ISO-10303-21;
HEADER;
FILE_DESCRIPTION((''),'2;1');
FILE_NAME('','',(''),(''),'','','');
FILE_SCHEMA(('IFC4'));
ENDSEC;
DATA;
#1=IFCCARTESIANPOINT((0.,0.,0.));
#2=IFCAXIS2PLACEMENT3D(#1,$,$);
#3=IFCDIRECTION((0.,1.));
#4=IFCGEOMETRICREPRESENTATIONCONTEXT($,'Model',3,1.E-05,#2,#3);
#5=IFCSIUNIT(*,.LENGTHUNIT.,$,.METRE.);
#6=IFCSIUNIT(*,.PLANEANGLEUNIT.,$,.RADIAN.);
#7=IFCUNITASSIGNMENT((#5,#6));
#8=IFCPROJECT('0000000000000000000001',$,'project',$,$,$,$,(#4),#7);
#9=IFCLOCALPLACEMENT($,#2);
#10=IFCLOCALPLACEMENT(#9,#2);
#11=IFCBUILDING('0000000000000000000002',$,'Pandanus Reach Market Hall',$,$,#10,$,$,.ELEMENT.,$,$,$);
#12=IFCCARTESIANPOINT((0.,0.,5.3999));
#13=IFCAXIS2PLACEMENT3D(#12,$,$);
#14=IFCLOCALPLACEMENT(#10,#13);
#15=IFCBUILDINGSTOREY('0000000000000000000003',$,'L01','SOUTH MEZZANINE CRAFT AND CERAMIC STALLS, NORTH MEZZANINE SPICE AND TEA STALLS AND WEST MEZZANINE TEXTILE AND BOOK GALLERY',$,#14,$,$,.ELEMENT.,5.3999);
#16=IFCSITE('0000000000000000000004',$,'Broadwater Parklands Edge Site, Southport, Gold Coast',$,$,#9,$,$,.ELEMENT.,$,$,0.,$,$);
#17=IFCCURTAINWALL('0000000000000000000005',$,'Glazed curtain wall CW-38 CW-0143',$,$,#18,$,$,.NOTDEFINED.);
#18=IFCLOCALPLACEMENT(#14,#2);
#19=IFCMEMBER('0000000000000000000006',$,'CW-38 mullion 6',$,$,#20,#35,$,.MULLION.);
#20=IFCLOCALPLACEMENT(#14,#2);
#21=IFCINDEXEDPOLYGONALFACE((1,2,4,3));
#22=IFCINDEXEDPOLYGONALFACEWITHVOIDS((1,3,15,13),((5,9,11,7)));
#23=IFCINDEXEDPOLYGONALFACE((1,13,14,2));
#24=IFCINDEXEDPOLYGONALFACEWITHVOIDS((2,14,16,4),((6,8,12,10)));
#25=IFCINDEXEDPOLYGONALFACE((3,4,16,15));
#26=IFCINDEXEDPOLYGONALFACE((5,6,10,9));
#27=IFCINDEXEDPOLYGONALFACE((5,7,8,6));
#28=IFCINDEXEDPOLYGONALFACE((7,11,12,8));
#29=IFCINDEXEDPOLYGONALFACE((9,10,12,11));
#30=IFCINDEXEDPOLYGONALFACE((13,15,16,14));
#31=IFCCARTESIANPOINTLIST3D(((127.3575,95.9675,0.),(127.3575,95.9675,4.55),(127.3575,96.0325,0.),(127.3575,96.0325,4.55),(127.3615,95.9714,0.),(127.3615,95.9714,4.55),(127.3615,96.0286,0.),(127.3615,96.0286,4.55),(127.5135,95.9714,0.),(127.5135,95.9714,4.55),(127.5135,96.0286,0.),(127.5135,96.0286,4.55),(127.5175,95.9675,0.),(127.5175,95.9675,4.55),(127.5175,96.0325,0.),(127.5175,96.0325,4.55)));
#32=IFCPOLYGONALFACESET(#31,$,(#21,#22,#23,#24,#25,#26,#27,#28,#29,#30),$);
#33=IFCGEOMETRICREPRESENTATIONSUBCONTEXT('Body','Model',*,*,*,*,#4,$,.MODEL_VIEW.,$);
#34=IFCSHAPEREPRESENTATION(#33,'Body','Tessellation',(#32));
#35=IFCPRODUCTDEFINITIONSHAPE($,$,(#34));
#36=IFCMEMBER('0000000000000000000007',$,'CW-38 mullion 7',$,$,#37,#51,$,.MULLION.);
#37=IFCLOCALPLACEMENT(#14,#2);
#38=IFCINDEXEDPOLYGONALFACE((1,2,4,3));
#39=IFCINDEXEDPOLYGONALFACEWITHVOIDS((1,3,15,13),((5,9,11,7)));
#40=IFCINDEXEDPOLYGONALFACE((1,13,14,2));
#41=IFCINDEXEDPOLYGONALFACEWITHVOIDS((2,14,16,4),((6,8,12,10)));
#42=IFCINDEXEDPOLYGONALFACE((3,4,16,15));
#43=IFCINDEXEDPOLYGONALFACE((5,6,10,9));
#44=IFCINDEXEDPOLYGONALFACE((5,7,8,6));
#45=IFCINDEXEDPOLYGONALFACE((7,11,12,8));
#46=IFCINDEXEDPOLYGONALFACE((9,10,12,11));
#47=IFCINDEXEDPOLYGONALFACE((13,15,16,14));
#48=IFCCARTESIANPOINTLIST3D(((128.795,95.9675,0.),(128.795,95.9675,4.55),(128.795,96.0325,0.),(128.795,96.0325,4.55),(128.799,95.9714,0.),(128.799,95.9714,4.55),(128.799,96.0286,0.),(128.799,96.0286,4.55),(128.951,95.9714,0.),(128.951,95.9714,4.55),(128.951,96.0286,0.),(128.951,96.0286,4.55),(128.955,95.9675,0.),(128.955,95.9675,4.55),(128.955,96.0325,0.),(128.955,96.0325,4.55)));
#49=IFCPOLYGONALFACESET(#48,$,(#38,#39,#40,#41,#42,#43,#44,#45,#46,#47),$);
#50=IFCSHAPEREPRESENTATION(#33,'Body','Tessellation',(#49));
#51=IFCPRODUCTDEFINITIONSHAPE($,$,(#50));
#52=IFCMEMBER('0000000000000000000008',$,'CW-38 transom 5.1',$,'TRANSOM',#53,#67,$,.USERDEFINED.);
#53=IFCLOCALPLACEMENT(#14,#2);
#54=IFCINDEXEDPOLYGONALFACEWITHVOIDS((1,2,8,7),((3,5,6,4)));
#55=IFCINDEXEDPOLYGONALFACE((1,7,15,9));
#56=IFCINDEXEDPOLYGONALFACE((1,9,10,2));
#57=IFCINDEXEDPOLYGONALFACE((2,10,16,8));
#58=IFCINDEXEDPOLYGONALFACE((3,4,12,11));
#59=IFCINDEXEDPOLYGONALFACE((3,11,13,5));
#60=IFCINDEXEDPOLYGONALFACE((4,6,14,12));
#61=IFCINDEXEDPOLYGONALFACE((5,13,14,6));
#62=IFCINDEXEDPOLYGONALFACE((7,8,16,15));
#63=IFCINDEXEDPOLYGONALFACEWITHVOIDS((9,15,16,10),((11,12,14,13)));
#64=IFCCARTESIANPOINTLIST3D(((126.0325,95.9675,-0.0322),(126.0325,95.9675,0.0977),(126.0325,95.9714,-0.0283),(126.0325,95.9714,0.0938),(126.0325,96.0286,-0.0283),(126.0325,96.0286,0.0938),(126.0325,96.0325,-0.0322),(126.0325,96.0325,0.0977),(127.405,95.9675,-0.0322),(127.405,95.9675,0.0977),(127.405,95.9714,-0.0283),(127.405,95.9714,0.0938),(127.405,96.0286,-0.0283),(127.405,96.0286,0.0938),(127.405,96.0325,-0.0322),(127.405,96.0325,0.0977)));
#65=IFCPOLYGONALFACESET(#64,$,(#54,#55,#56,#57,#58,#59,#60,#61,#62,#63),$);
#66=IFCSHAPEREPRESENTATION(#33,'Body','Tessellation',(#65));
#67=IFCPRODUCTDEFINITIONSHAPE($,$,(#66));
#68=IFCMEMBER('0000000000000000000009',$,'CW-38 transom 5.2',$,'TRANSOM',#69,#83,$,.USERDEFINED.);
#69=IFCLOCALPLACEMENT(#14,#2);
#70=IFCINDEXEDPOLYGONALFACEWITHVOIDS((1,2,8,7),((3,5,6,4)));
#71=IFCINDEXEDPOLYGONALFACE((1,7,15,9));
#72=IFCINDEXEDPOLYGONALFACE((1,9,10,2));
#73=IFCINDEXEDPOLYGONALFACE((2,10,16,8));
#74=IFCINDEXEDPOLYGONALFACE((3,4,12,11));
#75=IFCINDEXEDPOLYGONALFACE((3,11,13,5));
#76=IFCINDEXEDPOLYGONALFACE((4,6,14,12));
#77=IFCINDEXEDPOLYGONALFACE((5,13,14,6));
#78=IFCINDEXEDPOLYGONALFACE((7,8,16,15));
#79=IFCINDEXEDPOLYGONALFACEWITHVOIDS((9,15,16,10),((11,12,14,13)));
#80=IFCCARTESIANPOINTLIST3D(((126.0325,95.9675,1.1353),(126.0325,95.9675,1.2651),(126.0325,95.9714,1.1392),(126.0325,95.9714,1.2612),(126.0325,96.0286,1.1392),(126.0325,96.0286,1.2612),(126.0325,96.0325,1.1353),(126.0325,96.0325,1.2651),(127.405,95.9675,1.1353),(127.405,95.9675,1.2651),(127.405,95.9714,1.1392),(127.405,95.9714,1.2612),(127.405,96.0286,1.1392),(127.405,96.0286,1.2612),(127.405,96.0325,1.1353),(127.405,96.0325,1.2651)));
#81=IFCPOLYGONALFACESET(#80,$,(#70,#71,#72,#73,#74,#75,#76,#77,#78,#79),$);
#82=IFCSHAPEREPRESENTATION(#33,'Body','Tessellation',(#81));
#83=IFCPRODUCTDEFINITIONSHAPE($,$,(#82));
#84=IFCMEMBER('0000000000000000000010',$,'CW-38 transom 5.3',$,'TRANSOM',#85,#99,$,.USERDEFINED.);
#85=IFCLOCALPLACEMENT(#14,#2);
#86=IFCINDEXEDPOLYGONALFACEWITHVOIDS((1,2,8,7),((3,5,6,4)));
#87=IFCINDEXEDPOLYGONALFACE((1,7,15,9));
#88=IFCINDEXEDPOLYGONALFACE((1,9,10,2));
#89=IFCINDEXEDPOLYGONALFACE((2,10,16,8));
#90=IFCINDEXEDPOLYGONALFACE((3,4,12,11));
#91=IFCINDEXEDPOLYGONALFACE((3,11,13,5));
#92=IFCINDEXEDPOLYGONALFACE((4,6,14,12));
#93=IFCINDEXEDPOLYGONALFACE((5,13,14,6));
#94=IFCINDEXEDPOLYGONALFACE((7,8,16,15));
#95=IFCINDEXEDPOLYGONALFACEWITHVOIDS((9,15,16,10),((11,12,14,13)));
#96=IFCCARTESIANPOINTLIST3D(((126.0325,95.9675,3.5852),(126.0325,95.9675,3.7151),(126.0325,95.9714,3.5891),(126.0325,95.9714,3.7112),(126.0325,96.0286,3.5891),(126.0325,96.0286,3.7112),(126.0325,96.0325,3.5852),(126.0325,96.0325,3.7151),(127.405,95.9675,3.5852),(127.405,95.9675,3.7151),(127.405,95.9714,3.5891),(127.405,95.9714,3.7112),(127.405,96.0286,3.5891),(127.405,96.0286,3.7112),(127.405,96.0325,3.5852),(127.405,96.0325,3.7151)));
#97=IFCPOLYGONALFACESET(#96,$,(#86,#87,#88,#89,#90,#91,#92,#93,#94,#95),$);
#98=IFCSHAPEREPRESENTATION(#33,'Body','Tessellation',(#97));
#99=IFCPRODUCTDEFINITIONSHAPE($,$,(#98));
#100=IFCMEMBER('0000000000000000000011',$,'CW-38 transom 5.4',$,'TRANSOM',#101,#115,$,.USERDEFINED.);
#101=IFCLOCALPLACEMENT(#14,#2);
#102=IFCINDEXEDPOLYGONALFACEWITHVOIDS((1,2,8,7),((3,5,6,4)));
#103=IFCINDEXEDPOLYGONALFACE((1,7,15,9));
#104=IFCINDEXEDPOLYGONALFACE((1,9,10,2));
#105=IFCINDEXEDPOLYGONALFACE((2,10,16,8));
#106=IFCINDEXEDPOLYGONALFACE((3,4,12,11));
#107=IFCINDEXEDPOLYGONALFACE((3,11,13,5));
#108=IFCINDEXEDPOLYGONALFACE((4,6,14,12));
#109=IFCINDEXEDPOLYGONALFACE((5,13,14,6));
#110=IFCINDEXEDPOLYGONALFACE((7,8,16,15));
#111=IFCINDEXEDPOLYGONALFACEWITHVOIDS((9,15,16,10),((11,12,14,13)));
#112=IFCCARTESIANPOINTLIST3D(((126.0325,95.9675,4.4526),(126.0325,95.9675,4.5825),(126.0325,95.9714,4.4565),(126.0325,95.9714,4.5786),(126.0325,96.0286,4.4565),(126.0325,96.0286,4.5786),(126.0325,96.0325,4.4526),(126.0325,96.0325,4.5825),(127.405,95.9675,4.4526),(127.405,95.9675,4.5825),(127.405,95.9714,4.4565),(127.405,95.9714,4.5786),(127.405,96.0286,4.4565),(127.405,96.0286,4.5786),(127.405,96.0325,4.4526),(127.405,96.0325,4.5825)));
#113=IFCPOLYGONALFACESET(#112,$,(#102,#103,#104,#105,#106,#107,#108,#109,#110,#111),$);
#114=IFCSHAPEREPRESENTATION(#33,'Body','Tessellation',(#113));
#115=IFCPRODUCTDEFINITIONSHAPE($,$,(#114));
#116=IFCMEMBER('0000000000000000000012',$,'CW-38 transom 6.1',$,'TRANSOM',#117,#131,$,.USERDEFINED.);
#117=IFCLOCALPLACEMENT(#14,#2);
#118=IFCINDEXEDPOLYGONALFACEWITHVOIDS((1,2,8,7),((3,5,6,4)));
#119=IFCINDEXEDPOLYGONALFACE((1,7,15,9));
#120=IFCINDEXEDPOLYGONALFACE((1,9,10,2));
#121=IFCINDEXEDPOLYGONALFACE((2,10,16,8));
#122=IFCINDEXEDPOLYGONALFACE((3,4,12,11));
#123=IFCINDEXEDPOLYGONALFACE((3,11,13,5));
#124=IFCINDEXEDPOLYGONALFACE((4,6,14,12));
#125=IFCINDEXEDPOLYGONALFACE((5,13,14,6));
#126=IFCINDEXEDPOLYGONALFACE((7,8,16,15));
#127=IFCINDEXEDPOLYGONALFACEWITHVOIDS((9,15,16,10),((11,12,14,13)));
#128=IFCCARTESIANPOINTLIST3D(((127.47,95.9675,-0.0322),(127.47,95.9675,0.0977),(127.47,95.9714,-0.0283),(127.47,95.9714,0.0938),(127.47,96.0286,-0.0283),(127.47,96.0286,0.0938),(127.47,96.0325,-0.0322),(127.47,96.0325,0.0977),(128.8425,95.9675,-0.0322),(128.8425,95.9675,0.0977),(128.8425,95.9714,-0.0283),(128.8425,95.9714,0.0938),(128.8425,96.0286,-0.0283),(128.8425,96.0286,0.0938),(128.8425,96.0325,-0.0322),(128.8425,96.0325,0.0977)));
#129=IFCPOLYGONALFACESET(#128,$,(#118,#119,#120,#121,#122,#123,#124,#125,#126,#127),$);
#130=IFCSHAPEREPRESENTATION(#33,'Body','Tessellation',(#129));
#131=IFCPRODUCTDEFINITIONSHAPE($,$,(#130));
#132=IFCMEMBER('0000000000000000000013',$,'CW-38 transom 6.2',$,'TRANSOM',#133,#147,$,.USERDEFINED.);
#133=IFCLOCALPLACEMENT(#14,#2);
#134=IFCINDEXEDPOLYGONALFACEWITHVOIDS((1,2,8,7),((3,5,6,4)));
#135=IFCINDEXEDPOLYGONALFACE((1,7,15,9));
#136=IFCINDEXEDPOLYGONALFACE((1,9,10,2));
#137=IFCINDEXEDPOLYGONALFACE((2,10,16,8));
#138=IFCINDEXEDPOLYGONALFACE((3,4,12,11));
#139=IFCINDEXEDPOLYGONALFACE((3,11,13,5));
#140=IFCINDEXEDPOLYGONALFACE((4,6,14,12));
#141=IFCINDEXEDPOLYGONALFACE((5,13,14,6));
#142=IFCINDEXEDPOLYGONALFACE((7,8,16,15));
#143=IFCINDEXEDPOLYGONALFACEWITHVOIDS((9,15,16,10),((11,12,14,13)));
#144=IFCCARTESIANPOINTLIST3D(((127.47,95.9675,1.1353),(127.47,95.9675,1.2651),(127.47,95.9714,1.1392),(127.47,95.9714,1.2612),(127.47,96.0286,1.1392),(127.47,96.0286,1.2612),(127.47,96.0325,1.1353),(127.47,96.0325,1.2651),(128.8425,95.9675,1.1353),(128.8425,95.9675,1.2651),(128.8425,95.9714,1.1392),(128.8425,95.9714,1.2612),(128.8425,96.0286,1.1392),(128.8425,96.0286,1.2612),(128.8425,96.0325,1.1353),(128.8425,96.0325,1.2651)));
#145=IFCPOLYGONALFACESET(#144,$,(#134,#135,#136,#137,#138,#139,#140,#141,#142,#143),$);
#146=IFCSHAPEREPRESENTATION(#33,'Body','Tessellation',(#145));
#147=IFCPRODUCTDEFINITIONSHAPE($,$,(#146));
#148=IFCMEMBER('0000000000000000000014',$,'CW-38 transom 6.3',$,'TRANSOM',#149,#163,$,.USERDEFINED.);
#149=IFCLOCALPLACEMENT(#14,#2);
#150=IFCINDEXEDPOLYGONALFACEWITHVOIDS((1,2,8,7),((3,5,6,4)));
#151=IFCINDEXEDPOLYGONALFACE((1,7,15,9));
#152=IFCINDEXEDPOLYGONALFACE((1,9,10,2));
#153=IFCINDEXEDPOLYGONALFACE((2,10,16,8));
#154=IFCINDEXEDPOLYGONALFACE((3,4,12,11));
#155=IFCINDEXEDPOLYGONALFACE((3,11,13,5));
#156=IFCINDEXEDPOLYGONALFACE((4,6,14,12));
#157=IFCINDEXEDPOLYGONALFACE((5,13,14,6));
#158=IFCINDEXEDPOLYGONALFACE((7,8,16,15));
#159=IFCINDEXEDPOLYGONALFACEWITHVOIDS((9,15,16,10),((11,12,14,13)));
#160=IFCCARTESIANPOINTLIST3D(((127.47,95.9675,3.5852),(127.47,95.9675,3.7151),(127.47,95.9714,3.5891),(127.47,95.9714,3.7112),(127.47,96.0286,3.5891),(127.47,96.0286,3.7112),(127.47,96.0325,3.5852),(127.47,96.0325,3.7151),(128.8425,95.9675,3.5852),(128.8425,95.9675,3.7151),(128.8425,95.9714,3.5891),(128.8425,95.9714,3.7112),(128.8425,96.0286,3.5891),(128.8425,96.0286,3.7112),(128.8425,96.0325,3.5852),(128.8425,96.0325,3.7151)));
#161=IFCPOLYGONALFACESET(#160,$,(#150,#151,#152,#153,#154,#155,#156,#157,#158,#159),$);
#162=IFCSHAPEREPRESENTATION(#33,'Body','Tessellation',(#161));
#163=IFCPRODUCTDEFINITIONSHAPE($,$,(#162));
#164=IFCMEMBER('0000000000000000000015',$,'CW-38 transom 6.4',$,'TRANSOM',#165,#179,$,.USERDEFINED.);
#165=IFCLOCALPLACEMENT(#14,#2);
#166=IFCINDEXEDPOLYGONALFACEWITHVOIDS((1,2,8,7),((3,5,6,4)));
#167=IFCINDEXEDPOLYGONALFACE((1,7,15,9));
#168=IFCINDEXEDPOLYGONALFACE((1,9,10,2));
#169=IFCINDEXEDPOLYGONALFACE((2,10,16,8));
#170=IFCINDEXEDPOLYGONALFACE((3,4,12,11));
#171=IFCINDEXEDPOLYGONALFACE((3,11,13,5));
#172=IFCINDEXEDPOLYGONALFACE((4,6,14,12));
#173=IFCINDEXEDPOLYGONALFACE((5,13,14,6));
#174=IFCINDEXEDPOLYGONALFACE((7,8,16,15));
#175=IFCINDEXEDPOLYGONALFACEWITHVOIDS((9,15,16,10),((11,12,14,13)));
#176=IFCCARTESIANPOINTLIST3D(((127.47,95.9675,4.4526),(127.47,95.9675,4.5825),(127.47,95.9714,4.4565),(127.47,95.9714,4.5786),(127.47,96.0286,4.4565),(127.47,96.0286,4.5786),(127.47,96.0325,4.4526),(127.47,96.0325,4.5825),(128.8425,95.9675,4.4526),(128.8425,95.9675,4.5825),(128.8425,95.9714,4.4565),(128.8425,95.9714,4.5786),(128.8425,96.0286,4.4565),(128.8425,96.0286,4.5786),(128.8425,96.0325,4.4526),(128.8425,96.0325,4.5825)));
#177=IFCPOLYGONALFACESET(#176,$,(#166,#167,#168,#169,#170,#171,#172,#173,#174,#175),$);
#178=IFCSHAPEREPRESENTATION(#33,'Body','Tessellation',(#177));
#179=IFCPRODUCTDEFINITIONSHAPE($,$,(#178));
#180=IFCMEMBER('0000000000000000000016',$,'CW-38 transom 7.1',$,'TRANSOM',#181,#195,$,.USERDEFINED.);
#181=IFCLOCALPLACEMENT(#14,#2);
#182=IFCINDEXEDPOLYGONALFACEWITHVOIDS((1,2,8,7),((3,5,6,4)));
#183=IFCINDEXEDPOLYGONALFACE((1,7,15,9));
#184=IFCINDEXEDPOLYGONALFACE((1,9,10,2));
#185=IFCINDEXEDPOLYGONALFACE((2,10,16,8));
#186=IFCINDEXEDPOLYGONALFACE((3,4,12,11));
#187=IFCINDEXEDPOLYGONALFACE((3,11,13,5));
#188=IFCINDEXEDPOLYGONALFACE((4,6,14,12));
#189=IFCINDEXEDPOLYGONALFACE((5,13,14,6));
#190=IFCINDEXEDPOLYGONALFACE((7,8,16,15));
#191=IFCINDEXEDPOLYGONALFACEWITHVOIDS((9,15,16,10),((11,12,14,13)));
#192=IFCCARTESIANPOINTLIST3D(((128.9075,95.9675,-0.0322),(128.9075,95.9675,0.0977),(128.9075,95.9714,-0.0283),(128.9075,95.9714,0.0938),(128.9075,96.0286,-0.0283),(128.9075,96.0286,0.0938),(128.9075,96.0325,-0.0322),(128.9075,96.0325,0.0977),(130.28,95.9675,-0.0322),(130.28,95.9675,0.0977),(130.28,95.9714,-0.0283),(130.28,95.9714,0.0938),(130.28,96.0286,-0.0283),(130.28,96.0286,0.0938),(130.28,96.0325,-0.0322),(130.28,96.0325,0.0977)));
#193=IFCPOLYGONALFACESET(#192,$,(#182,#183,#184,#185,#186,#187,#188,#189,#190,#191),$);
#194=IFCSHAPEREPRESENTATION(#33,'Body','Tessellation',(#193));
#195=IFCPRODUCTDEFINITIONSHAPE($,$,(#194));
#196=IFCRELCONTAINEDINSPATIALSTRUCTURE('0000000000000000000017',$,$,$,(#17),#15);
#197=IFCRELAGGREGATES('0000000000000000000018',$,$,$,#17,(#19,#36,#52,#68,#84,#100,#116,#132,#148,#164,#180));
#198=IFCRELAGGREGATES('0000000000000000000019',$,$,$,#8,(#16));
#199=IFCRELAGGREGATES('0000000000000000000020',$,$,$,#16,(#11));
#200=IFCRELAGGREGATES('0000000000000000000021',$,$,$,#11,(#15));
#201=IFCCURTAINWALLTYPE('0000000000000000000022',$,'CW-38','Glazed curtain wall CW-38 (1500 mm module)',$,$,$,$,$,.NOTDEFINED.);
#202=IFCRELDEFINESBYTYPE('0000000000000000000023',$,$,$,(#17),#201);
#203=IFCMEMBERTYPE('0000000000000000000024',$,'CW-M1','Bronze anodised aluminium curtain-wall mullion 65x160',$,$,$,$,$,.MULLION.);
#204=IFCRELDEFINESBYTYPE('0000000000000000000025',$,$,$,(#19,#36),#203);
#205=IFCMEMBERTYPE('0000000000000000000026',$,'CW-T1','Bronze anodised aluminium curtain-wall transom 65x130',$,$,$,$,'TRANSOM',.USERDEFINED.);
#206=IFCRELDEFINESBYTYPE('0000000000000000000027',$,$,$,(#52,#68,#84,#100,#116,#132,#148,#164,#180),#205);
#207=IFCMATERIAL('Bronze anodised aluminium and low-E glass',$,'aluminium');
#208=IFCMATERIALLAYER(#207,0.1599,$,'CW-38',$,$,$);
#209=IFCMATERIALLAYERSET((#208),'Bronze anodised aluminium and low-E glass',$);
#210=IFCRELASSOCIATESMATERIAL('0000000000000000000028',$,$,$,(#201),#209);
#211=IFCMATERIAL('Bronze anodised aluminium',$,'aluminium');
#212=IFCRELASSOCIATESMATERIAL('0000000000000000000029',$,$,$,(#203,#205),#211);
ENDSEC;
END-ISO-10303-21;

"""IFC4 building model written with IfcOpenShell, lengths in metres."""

from ifc_helpers import new_model, si_unit, direction, frame, origin, origin_2d, place, context, subcontext, project, spatial, hollow_rectangle, extrude, material, layer, layer_set, material_profile, profile_set, type_object, element, aggregate, save


model = new_model("IFC4")

# Units and contexts
model_context = context("Model", 3, precision=1e-05, world=origin(), true_north=direction((0.0, 1.0)))
body_context = subcontext(model_context, "Body", "Model", "MODEL_VIEW")
ifc_project = project(units=[si_unit("LENGTHUNIT", "METRE"), si_unit("PLANEANGLEUNIT", "RADIAN")], contexts=[model_context])

# Site, building, storey
site_placement = place(None, origin())
site = spatial("IfcSite", under=ifc_project, at=site_placement, Name="Broadwater Parklands Edge Site, Southport, Gold Coast", CompositionType="ELEMENT", RefElevation=0.0)
building_placement = place(site_placement, origin())
building = spatial("IfcBuilding", under=site, at=building_placement, Name="Pandanus Reach Market Hall", CompositionType="ELEMENT")
storey_placement = place(building_placement, frame((0.0, 0.0, 5.3999)))
storey = spatial("IfcBuildingStorey", under=building, at=storey_placement, Name="L01", Description="SOUTH MEZZANINE CRAFT AND CERAMIC STALLS, NORTH MEZZANINE SPICE AND TEA STALLS AND WEST MEZZANINE TEXTILE AND BOOK GALLERY", CompositionType="ELEMENT", Elevation=5.3999)

# Curtain wall, members
ifc_material_1 = material(Name="Bronze anodised aluminium and low-E glass", Category="aluminium")
ifc_layer_1 = layer(ifc_material_1, 0.1599, Name="CW-38")
ifc_layer_set_1 = layer_set([ifc_layer_1], Name="Bronze anodised aluminium and low-E glass")
curtain_wall_type = type_object("IfcCurtainWallType", Name="CW-38", Description="Glazed curtain wall CW-38 (1500 mm module)", PredefinedType="NOTDEFINED", material=ifc_layer_set_1)
curtain_wall_placement = place(storey_placement, origin())
curtain_wall = element("IfcCurtainWall", 1, at=curtain_wall_placement, inside=storey, type_object=curtain_wall_type, Name="Glazed curtain wall CW-38 CW-0143", PredefinedType="NOTDEFINED")
ifc_material_2 = material(Name="Bronze anodised aluminium", Category="aluminium")
ifc_material_profile_1 = material_profile(ifc_material_2, hollow_rectangle(XDim=0.0649, YDim=0.1599, WallThickness=0.0039, at=origin_2d()), Name="ALU65x160", Category="LoadBearing")
ifc_profile_set_1 = profile_set([ifc_material_profile_1], Name="Bronze anodised aluminium")
member_type_1 = type_object("IfcMemberType", Name="CW-M1", Description="Bronze anodised aluminium curtain-wall mullion 65x160", PredefinedType="MULLION", material=ifc_profile_set_1)
member_1_placement = place(storey_placement, frame((127.4375, 96.0, 0.0), z_axis=(0.0, 0.0, 1.0), x_axis=(0.0, 1.0, 0.0)))
member_1 = element("IfcMember", 2, at=member_1_placement, type_object=member_type_1, Name="CW-38 mullion 6", PredefinedType="MULLION", context=body_context, shape_type="SweptSolid", body=[
    extrude(hollow_rectangle(XDim=0.0649, YDim=0.1599, WallThickness=0.0039, at=origin_2d()), origin(), (0.0, 0.0, 1.0), 4.55),
])
member_2_placement = place(storey_placement, frame((128.875, 96.0, 0.0), z_axis=(0.0, 0.0, 1.0), x_axis=(0.0, 1.0, 0.0)))
member_2 = element("IfcMember", 3, at=member_2_placement, type_object=member_type_1, Name="CW-38 mullion 7", PredefinedType="MULLION", context=body_context, shape_type="SweptSolid", body=[
    extrude(hollow_rectangle(XDim=0.0649, YDim=0.1599, WallThickness=0.0039, at=origin_2d()), origin(), (0.0, 0.0, 1.0), 4.55),
])
ifc_material_profile_2 = material_profile(ifc_material_2, hollow_rectangle(XDim=0.0649, YDim=0.1299, WallThickness=0.0039, at=origin_2d()), Name="ALU65x130", Category="LoadBearing")
ifc_profile_set_2 = profile_set([ifc_material_profile_2], Name="Bronze anodised aluminium")
member_type_2 = type_object("IfcMemberType", Name="CW-T1", Description="Bronze anodised aluminium curtain-wall transom 65x130", ElementType="TRANSOM", PredefinedType="USERDEFINED", material=ifc_profile_set_2)
member_3_placement = place(storey_placement, frame((126.0325, 96.0, 0.0327), z_axis=(1.0, 0.0, 0.0), x_axis=(0.0, 1.0, 0.0)))
member_3 = element("IfcMember", 4, at=member_3_placement, type_object=member_type_2, Name="CW-38 transom 5.1", ObjectType="TRANSOM", PredefinedType="USERDEFINED", context=body_context, shape_type="SweptSolid", body=[
    extrude(hollow_rectangle(XDim=0.0649, YDim=0.1299, WallThickness=0.0039, at=origin_2d()), origin(), (0.0, 0.0, 1.0), 1.3726),
])
member_4_placement = place(storey_placement, frame((126.0325, 96.0, 1.2002), z_axis=(1.0, 0.0, 0.0), x_axis=(0.0, 1.0, 0.0)))
member_4 = element("IfcMember", 5, at=member_4_placement, type_object=member_type_2, Name="CW-38 transom 5.2", ObjectType="TRANSOM", PredefinedType="USERDEFINED", context=body_context, shape_type="SweptSolid", body=[
    extrude(hollow_rectangle(XDim=0.0649, YDim=0.1299, WallThickness=0.0039, at=origin_2d()), origin(), (0.0, 0.0, 1.0), 1.3726),
])
member_5_placement = place(storey_placement, frame((126.0325, 96.0, 3.6501), z_axis=(1.0, 0.0, 0.0), x_axis=(0.0, 1.0, 0.0)))
member_5 = element("IfcMember", 6, at=member_5_placement, type_object=member_type_2, Name="CW-38 transom 5.3", ObjectType="TRANSOM", PredefinedType="USERDEFINED", context=body_context, shape_type="SweptSolid", body=[
    extrude(hollow_rectangle(XDim=0.0649, YDim=0.1299, WallThickness=0.0039, at=origin_2d()), origin(), (0.0, 0.0, 1.0), 1.3726),
])
member_6_placement = place(storey_placement, frame((126.0325, 96.0, 4.5176), z_axis=(1.0, 0.0, 0.0), x_axis=(0.0, 1.0, 0.0)))
member_6 = element("IfcMember", 7, at=member_6_placement, type_object=member_type_2, Name="CW-38 transom 5.4", ObjectType="TRANSOM", PredefinedType="USERDEFINED", context=body_context, shape_type="SweptSolid", body=[
    extrude(hollow_rectangle(XDim=0.0649, YDim=0.1299, WallThickness=0.0039, at=origin_2d()), origin(), (0.0, 0.0, 1.0), 1.3726),
])
member_7_placement = place(storey_placement, frame((127.47, 96.0, 0.0327), z_axis=(1.0, 0.0, 0.0), x_axis=(0.0, 1.0, 0.0)))
member_7 = element("IfcMember", 8, at=member_7_placement, type_object=member_type_2, Name="CW-38 transom 6.1", ObjectType="TRANSOM", PredefinedType="USERDEFINED", context=body_context, shape_type="SweptSolid", body=[
    extrude(hollow_rectangle(XDim=0.0649, YDim=0.1299, WallThickness=0.0039, at=origin_2d()), origin(), (0.0, 0.0, 1.0), 1.3726),
])
member_8_placement = place(storey_placement, frame((127.47, 96.0, 1.2002), z_axis=(1.0, 0.0, 0.0), x_axis=(0.0, 1.0, 0.0)))
member_8 = element("IfcMember", 9, at=member_8_placement, type_object=member_type_2, Name="CW-38 transom 6.2", ObjectType="TRANSOM", PredefinedType="USERDEFINED", context=body_context, shape_type="SweptSolid", body=[
    extrude(hollow_rectangle(XDim=0.0649, YDim=0.1299, WallThickness=0.0039, at=origin_2d()), origin(), (0.0, 0.0, 1.0), 1.3726),
])
member_9_placement = place(storey_placement, frame((127.47, 96.0, 3.6501), z_axis=(1.0, 0.0, 0.0), x_axis=(0.0, 1.0, 0.0)))
member_9 = element("IfcMember", 10, at=member_9_placement, type_object=member_type_2, Name="CW-38 transom 6.3", ObjectType="TRANSOM", PredefinedType="USERDEFINED", context=body_context, shape_type="SweptSolid", body=[
    extrude(hollow_rectangle(XDim=0.0649, YDim=0.1299, WallThickness=0.0039, at=origin_2d()), origin(), (0.0, 0.0, 1.0), 1.3726),
])
member_10_placement = place(storey_placement, frame((127.47, 96.0, 4.5176), z_axis=(1.0, 0.0, 0.0), x_axis=(0.0, 1.0, 0.0)))
member_10 = element("IfcMember", 11, at=member_10_placement, type_object=member_type_2, Name="CW-38 transom 6.4", ObjectType="TRANSOM", PredefinedType="USERDEFINED", context=body_context, shape_type="SweptSolid", body=[
    extrude(hollow_rectangle(XDim=0.0649, YDim=0.1299, WallThickness=0.0039, at=origin_2d()), origin(), (0.0, 0.0, 1.0), 1.3726),
])
member_11_placement = place(storey_placement, frame((128.9075, 96.0, 0.0327), z_axis=(1.0, 0.0, 0.0), x_axis=(0.0, 1.0, 0.0)))
member_11 = element("IfcMember", 12, at=member_11_placement, type_object=member_type_2, Name="CW-38 transom 7.1", ObjectType="TRANSOM", PredefinedType="USERDEFINED", context=body_context, shape_type="SweptSolid", body=[
    extrude(hollow_rectangle(XDim=0.0649, YDim=0.1299, WallThickness=0.0039, at=origin_2d()), origin(), (0.0, 0.0, 1.0), 1.3726),
])

aggregate(curtain_wall, [member_1, member_2, member_3, member_4, member_5, member_6, member_7, member_8, member_9, member_10, member_11])

save(model, "model.ifc")
